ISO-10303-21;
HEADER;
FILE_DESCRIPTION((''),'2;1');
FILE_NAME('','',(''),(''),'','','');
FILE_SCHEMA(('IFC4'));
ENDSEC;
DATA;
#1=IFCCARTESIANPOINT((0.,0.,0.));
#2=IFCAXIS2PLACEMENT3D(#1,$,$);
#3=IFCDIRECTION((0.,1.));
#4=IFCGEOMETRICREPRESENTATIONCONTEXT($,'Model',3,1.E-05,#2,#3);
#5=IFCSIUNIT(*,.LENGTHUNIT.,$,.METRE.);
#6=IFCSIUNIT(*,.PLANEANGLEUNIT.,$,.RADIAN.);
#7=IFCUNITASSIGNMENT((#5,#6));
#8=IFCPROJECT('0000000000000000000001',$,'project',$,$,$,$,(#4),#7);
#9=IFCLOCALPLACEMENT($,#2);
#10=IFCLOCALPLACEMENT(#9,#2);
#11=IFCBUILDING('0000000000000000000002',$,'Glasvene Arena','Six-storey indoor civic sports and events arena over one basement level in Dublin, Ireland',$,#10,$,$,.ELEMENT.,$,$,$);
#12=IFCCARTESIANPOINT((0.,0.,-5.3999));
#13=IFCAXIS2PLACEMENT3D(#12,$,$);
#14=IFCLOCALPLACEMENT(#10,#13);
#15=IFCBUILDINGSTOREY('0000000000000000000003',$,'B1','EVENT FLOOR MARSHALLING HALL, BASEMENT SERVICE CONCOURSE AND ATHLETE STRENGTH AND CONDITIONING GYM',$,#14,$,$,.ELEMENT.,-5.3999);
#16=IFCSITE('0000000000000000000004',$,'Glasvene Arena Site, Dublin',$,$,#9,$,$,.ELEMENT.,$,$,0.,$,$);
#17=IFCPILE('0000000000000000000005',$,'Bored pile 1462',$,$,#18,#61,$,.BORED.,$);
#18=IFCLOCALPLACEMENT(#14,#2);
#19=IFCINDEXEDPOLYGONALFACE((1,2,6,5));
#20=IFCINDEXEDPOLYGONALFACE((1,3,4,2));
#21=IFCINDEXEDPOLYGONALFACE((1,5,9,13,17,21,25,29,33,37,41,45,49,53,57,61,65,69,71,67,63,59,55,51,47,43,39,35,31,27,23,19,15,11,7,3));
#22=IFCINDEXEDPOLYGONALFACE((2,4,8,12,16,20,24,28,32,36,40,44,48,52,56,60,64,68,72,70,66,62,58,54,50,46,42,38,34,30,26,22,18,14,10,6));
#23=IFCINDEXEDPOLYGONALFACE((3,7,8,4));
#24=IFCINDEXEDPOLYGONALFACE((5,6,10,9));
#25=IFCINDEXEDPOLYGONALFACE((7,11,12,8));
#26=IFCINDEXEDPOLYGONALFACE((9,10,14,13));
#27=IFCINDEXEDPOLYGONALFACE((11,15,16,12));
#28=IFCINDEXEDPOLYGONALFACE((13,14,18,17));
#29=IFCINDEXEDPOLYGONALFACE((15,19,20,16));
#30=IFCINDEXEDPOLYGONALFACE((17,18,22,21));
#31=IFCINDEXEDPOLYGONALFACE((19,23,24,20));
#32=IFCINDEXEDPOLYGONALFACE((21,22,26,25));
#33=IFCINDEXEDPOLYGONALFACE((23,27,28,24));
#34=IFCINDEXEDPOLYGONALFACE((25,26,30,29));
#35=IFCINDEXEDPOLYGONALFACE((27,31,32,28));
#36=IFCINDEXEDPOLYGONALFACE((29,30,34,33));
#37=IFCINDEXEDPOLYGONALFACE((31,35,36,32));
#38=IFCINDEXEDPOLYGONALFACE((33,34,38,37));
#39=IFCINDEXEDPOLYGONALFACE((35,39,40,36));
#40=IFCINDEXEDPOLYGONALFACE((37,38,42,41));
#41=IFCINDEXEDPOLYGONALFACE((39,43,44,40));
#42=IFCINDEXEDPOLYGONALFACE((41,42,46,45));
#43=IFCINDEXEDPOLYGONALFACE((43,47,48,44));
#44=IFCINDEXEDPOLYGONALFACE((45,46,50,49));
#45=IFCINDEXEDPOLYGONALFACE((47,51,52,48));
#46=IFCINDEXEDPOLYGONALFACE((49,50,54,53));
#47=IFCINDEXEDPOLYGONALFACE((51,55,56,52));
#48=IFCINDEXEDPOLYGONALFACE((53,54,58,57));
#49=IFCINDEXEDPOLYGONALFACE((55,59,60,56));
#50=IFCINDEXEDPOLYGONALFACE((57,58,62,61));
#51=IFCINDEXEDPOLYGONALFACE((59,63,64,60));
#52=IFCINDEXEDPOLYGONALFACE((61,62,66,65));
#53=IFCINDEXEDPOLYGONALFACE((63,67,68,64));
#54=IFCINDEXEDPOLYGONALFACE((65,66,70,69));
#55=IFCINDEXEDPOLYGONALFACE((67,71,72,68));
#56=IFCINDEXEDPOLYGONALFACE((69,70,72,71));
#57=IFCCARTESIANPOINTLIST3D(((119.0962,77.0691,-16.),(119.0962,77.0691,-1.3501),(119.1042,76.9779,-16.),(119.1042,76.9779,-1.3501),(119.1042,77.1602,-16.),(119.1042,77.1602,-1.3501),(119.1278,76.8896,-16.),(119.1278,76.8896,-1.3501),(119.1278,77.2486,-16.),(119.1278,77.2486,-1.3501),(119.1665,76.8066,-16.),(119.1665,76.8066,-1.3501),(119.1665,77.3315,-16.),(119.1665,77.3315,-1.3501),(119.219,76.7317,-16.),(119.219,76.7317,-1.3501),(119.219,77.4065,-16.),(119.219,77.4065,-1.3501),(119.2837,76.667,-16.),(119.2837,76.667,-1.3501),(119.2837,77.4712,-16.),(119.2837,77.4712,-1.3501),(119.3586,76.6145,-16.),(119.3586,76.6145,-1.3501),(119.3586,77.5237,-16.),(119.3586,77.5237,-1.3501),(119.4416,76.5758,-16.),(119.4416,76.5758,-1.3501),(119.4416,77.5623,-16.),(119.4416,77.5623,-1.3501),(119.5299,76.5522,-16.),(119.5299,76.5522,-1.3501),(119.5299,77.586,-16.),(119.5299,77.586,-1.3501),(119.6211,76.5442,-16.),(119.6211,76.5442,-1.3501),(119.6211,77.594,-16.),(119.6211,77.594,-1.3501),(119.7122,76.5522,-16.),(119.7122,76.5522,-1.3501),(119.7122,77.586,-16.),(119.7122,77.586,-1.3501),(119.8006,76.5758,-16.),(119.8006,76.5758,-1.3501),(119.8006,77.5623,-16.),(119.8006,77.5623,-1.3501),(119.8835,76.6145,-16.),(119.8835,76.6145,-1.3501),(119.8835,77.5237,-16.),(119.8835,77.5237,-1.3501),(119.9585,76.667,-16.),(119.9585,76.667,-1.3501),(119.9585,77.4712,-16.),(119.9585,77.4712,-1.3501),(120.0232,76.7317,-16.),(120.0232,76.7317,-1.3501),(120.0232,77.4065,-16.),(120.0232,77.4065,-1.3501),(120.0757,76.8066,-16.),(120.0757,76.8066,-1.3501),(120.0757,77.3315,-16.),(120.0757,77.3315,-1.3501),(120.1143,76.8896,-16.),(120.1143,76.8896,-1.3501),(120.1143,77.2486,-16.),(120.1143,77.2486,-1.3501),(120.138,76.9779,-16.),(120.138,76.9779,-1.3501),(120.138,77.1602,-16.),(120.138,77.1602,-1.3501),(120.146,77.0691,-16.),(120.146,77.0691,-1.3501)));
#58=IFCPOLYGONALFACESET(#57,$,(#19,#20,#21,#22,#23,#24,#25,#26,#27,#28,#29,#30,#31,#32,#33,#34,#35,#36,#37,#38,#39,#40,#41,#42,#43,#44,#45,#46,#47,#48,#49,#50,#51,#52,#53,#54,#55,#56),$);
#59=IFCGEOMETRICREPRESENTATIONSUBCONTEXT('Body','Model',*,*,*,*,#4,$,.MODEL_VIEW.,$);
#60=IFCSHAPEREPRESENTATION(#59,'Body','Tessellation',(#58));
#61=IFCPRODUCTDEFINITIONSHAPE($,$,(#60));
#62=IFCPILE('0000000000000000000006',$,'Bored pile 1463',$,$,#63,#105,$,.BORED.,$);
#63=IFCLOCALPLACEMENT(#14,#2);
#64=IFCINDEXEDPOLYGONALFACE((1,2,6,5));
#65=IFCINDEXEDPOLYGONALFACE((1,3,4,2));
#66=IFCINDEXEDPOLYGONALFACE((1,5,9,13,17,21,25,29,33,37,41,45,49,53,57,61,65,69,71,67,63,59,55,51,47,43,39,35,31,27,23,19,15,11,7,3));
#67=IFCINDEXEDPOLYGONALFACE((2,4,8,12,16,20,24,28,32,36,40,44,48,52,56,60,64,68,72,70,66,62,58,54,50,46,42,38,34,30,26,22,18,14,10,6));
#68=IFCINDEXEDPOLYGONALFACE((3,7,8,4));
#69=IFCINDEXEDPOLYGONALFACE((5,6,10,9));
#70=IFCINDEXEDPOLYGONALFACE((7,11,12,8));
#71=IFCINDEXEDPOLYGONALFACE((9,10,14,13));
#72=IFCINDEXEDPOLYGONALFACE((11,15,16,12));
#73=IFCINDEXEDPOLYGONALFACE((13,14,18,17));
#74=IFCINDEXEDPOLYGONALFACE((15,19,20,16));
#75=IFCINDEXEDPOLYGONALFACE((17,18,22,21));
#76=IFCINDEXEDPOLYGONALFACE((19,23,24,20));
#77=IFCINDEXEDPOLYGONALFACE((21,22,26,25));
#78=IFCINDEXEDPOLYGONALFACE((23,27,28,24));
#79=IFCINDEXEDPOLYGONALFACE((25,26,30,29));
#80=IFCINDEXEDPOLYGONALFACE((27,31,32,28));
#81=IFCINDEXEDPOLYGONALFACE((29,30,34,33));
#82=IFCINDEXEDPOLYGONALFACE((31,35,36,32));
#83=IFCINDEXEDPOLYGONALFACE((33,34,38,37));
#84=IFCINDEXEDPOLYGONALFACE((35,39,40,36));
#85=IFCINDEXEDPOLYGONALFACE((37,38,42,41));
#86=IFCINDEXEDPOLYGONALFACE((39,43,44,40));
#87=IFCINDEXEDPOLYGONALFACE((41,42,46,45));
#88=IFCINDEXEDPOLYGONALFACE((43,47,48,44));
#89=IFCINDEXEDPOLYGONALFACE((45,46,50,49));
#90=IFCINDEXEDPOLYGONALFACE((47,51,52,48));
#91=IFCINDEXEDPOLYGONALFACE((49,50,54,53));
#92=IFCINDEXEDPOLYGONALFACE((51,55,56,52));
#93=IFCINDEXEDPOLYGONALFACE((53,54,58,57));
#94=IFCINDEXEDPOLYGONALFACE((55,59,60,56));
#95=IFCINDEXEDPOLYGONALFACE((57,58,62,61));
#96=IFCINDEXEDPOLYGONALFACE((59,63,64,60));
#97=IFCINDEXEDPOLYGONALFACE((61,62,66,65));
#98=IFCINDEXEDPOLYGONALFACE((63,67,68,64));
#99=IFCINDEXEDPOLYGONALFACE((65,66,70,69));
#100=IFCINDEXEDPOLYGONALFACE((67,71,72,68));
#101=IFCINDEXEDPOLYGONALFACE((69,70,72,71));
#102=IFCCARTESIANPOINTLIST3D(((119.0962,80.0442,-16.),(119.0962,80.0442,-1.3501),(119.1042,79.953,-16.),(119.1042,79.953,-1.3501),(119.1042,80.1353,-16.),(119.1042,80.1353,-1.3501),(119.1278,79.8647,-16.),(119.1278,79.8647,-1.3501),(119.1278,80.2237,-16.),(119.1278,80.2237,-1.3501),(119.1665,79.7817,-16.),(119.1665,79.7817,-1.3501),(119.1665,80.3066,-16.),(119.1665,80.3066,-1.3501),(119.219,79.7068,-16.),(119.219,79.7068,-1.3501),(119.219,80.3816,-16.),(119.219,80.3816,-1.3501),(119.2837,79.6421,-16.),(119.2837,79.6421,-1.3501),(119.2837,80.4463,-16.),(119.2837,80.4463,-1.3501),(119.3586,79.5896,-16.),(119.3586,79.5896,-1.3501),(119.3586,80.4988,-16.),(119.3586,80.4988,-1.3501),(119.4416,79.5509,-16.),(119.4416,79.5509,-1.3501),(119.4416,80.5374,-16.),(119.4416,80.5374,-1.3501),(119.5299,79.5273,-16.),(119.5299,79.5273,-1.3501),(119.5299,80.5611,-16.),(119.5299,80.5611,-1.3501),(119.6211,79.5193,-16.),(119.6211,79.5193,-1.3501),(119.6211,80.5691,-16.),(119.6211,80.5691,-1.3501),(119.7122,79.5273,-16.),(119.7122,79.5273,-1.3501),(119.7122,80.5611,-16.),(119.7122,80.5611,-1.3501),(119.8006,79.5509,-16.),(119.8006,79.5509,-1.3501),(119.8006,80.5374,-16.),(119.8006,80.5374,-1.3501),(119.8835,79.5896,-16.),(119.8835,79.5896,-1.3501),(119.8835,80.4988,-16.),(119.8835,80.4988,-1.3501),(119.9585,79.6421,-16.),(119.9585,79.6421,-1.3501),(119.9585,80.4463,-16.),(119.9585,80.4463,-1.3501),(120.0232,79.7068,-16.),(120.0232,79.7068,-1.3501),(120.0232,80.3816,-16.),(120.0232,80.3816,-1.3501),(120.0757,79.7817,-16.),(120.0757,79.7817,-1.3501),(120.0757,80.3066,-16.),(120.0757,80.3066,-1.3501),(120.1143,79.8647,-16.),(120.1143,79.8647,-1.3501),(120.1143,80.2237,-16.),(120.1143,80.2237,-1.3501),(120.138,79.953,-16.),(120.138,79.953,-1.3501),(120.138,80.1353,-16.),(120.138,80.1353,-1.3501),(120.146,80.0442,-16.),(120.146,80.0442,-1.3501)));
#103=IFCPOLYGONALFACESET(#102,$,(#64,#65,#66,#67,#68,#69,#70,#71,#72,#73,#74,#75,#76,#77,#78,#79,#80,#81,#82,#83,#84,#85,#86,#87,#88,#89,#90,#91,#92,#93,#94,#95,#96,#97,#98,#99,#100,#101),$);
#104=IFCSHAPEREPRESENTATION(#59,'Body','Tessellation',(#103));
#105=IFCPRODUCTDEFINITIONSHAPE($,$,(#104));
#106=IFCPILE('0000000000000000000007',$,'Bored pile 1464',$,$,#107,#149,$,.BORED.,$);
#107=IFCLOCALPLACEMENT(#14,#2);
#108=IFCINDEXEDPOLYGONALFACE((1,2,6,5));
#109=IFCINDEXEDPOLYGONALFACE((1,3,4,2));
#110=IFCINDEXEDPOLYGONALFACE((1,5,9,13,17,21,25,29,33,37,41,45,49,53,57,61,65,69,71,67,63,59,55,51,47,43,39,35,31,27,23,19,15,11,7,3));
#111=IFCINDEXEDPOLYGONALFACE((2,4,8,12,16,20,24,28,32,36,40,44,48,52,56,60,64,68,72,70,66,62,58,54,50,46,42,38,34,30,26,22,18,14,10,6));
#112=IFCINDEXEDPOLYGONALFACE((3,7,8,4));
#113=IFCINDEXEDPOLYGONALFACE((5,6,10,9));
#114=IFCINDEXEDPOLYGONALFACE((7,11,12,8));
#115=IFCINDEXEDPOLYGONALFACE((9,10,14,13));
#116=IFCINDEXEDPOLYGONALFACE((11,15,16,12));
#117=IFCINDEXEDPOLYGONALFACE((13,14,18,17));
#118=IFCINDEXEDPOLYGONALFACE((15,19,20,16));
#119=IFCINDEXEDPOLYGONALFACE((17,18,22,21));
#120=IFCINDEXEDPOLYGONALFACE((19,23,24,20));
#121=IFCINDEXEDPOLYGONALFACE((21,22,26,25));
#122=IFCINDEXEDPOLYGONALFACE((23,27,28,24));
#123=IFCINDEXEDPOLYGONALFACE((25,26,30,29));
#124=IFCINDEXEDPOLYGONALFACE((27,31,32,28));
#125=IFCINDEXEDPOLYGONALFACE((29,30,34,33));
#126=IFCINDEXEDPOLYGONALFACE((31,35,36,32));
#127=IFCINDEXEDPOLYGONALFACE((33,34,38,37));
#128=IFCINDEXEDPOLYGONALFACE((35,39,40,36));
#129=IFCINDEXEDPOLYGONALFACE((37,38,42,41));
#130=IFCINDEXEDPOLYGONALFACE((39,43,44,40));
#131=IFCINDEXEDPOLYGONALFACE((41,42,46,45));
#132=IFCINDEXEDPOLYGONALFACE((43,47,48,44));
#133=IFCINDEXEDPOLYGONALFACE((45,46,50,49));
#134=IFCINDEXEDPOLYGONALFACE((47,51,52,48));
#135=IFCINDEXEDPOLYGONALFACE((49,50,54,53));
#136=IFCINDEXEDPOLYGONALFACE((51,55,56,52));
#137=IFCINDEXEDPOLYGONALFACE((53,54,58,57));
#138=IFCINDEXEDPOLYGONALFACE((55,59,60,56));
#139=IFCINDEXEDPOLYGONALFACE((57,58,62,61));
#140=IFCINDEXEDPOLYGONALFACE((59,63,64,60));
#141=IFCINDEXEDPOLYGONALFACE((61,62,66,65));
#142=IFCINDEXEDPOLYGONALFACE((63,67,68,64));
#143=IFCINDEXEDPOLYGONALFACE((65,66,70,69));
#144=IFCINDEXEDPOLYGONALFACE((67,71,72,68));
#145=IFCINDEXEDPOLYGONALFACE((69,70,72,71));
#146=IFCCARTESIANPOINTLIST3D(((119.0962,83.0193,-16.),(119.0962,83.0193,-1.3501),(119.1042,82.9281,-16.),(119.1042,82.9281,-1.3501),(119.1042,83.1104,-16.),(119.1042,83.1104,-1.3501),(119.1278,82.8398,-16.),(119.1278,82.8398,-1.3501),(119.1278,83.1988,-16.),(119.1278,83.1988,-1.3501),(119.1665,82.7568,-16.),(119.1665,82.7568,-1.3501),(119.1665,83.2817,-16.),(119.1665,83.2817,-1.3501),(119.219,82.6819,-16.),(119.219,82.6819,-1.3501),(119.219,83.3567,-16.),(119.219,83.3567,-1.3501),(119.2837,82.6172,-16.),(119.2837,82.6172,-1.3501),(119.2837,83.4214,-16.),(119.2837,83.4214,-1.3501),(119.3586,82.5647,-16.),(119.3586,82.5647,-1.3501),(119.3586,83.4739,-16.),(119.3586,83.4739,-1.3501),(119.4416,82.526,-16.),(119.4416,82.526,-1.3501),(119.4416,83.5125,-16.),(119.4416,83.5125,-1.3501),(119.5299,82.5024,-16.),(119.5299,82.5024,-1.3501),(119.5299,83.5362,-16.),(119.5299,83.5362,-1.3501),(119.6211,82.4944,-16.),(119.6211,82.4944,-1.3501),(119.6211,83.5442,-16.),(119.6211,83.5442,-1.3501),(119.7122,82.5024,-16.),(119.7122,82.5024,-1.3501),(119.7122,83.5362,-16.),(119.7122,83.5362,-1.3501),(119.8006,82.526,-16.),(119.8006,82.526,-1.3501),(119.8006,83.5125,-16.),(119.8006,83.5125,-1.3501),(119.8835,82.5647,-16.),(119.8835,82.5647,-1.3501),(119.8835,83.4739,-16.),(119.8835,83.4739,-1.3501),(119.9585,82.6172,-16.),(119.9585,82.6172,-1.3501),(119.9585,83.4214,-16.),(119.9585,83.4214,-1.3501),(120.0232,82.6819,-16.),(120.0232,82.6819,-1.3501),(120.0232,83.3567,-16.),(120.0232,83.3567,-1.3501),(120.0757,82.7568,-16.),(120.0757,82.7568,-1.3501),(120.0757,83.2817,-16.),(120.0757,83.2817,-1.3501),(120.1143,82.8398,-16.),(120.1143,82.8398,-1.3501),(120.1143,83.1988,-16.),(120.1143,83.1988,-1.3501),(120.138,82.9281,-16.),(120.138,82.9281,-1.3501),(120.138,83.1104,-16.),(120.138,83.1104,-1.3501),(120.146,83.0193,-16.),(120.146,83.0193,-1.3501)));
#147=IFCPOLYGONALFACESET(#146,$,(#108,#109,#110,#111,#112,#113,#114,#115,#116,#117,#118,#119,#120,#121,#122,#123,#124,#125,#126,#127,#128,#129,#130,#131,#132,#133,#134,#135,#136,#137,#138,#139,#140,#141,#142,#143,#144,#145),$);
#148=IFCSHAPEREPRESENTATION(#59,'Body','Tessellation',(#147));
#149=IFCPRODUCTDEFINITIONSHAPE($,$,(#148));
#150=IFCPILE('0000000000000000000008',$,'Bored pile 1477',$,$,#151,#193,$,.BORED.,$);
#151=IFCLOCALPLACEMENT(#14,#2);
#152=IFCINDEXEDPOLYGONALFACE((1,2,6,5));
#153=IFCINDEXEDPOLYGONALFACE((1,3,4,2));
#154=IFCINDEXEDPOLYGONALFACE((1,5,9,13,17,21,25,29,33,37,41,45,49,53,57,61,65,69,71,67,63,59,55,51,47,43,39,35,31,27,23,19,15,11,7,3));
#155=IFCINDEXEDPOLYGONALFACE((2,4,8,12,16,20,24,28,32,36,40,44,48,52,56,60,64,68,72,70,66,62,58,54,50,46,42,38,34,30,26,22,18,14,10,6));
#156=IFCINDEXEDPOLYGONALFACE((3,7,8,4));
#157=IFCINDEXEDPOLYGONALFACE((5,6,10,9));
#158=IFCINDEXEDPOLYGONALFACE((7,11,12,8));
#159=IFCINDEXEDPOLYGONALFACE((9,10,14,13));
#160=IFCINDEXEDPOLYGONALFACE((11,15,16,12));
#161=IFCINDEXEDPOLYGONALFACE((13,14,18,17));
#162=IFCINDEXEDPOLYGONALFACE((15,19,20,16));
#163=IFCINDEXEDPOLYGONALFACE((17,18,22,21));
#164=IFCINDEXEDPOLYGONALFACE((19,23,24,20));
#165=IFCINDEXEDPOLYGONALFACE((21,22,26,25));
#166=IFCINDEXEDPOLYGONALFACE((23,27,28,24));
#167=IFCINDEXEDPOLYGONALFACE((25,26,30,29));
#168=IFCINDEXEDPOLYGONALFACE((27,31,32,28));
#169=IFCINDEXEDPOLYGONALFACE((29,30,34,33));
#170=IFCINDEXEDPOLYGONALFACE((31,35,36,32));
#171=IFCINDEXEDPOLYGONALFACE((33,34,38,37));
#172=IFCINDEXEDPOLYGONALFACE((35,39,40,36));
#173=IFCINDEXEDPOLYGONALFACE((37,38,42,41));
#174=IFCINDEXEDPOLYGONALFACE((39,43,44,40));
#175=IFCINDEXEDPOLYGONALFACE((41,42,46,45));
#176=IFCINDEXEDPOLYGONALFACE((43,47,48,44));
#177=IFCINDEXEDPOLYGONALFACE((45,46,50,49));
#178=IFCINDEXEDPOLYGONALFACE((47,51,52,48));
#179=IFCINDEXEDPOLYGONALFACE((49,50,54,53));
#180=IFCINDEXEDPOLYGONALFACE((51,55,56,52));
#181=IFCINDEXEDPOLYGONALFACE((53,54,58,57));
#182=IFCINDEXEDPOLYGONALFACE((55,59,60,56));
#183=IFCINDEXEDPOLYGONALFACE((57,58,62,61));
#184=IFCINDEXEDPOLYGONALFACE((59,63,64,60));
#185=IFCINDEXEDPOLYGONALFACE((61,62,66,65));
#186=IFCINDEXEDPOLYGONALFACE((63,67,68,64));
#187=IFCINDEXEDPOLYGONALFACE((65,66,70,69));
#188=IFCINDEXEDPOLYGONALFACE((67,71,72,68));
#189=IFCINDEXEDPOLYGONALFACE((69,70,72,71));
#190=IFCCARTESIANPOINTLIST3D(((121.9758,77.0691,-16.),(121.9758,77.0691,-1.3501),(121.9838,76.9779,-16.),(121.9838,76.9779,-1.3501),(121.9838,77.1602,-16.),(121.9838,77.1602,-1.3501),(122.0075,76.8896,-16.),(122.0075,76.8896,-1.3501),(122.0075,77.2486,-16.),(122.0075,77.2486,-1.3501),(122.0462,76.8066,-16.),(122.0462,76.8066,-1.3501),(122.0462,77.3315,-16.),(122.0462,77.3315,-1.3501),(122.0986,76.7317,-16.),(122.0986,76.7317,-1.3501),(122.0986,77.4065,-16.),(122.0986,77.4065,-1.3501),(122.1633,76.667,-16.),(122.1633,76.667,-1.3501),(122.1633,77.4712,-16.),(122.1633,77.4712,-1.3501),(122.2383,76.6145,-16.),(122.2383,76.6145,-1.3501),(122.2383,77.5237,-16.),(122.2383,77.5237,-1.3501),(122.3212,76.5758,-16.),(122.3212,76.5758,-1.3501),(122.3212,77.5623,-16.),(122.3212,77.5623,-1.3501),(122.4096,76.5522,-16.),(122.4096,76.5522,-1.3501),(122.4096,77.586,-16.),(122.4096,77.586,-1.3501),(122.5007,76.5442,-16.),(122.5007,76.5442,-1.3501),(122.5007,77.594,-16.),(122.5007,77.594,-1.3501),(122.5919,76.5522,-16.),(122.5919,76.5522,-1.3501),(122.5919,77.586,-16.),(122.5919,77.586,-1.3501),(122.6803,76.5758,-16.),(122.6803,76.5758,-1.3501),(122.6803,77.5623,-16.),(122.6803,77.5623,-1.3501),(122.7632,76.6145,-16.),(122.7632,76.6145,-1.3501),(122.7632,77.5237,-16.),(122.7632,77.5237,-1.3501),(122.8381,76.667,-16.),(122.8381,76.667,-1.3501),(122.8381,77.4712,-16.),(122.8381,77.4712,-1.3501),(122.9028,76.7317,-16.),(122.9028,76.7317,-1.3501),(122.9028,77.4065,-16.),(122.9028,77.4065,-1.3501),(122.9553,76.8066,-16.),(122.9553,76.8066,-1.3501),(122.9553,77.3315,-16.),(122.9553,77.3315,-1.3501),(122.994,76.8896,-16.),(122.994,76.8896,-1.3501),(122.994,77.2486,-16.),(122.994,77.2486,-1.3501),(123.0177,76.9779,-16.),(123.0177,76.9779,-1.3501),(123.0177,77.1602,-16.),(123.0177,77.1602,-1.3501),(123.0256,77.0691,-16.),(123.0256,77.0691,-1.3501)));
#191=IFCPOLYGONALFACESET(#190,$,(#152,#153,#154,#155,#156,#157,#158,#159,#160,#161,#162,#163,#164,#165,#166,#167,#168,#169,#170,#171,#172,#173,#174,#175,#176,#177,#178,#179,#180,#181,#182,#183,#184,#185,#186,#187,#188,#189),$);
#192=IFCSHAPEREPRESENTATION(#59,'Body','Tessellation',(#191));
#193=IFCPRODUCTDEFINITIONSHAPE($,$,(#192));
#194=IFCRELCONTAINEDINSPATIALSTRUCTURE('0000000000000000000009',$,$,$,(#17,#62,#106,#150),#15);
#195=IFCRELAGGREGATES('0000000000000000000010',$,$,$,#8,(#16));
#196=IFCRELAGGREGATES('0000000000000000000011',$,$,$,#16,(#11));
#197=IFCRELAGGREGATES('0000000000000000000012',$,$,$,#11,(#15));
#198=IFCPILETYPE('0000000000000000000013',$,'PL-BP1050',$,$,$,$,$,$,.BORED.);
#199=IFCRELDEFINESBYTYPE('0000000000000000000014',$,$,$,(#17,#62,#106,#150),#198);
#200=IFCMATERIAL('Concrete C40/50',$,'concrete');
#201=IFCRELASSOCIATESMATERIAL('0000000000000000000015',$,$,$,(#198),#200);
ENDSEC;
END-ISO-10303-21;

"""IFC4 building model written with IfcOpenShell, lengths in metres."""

from ifc_helpers import new_model, si_unit, direction, frame, origin, origin_2d, place, context, subcontext, project, spatial, circle, extrude, material, material_profile, profile_set, type_object, element, save


model = new_model("IFC4")

# Units and contexts
model_context = context("Model", 3, precision=1e-05, world=origin(), true_north=direction((0.0, 1.0)))
body_context = subcontext(model_context, "Body", "Model", "MODEL_VIEW")
ifc_project = project(units=[si_unit("LENGTHUNIT", "METRE"), si_unit("PLANEANGLEUNIT", "RADIAN")], contexts=[model_context])

# Site, building, storey
site_placement = place(None, origin())
site = spatial("IfcSite", under=ifc_project, at=site_placement, Name="Glasvene Arena Site, Dublin", CompositionType="ELEMENT", RefElevation=0.0)
building_placement = place(site_placement, origin())
building = spatial("IfcBuilding", under=site, at=building_placement, Name="Glasvene Arena", Description="Six-storey indoor civic sports and events arena over one basement level in Dublin, Ireland", CompositionType="ELEMENT")
storey_placement = place(building_placement, frame((0.0, 0.0, -5.3999)))
storey = spatial("IfcBuildingStorey", under=building, at=storey_placement, Name="B1", Description="EVENT FLOOR MARSHALLING HALL, BASEMENT SERVICE CONCOURSE AND ATHLETE STRENGTH AND CONDITIONING GYM", CompositionType="ELEMENT", Elevation=-5.3999)

# Piles
ifc_material_1 = material(Name="Concrete C40/50", Category="concrete")
ifc_material_profile_1 = material_profile(ifc_material_1, circle(Radius=0.5249, at=origin_2d()), Name="BORED PILE 1050")
ifc_profile_set_1 = profile_set([ifc_material_profile_1], Name="Concrete C40/50")
pile_type = type_object("IfcPileType", Name="PL-BP1050", PredefinedType="BORED", material=ifc_profile_set_1)
for number, where, z_axis, x_axis, name in (
    (1, (119.6211, 77.0691, -1.3501), (0.0, 0.0, -1.0), (1.0, 0.0, 0.0), "Bored pile 1462"),
    (2, (119.6211, 80.0442, -1.3501), (0.0, 0.0, -1.0), (1.0, 0.0, 0.0), "Bored pile 1463"),
    (3, (119.6211, 83.0193, -1.3501), (0.0, 0.0, -1.0), (1.0, 0.0, 0.0), "Bored pile 1464"),
    (4, (122.5007, 77.0691, -1.3501), (0.0, 0.0, -1.0), (1.0, 0.0, 0.0), "Bored pile 1477"),
):
    element("IfcPile", number, at=place(storey_placement, frame(where, z_axis=z_axis, x_axis=x_axis)), inside=storey, type_object=pile_type, Name=name, PredefinedType="BORED", context=body_context, shape_type="SweptSolid", body=[
        extrude(circle(Radius=0.5249, at=origin_2d()), origin(), (0.0, 0.0, 1.0), 14.6499),
    ])

save(model, "model.ifc")
